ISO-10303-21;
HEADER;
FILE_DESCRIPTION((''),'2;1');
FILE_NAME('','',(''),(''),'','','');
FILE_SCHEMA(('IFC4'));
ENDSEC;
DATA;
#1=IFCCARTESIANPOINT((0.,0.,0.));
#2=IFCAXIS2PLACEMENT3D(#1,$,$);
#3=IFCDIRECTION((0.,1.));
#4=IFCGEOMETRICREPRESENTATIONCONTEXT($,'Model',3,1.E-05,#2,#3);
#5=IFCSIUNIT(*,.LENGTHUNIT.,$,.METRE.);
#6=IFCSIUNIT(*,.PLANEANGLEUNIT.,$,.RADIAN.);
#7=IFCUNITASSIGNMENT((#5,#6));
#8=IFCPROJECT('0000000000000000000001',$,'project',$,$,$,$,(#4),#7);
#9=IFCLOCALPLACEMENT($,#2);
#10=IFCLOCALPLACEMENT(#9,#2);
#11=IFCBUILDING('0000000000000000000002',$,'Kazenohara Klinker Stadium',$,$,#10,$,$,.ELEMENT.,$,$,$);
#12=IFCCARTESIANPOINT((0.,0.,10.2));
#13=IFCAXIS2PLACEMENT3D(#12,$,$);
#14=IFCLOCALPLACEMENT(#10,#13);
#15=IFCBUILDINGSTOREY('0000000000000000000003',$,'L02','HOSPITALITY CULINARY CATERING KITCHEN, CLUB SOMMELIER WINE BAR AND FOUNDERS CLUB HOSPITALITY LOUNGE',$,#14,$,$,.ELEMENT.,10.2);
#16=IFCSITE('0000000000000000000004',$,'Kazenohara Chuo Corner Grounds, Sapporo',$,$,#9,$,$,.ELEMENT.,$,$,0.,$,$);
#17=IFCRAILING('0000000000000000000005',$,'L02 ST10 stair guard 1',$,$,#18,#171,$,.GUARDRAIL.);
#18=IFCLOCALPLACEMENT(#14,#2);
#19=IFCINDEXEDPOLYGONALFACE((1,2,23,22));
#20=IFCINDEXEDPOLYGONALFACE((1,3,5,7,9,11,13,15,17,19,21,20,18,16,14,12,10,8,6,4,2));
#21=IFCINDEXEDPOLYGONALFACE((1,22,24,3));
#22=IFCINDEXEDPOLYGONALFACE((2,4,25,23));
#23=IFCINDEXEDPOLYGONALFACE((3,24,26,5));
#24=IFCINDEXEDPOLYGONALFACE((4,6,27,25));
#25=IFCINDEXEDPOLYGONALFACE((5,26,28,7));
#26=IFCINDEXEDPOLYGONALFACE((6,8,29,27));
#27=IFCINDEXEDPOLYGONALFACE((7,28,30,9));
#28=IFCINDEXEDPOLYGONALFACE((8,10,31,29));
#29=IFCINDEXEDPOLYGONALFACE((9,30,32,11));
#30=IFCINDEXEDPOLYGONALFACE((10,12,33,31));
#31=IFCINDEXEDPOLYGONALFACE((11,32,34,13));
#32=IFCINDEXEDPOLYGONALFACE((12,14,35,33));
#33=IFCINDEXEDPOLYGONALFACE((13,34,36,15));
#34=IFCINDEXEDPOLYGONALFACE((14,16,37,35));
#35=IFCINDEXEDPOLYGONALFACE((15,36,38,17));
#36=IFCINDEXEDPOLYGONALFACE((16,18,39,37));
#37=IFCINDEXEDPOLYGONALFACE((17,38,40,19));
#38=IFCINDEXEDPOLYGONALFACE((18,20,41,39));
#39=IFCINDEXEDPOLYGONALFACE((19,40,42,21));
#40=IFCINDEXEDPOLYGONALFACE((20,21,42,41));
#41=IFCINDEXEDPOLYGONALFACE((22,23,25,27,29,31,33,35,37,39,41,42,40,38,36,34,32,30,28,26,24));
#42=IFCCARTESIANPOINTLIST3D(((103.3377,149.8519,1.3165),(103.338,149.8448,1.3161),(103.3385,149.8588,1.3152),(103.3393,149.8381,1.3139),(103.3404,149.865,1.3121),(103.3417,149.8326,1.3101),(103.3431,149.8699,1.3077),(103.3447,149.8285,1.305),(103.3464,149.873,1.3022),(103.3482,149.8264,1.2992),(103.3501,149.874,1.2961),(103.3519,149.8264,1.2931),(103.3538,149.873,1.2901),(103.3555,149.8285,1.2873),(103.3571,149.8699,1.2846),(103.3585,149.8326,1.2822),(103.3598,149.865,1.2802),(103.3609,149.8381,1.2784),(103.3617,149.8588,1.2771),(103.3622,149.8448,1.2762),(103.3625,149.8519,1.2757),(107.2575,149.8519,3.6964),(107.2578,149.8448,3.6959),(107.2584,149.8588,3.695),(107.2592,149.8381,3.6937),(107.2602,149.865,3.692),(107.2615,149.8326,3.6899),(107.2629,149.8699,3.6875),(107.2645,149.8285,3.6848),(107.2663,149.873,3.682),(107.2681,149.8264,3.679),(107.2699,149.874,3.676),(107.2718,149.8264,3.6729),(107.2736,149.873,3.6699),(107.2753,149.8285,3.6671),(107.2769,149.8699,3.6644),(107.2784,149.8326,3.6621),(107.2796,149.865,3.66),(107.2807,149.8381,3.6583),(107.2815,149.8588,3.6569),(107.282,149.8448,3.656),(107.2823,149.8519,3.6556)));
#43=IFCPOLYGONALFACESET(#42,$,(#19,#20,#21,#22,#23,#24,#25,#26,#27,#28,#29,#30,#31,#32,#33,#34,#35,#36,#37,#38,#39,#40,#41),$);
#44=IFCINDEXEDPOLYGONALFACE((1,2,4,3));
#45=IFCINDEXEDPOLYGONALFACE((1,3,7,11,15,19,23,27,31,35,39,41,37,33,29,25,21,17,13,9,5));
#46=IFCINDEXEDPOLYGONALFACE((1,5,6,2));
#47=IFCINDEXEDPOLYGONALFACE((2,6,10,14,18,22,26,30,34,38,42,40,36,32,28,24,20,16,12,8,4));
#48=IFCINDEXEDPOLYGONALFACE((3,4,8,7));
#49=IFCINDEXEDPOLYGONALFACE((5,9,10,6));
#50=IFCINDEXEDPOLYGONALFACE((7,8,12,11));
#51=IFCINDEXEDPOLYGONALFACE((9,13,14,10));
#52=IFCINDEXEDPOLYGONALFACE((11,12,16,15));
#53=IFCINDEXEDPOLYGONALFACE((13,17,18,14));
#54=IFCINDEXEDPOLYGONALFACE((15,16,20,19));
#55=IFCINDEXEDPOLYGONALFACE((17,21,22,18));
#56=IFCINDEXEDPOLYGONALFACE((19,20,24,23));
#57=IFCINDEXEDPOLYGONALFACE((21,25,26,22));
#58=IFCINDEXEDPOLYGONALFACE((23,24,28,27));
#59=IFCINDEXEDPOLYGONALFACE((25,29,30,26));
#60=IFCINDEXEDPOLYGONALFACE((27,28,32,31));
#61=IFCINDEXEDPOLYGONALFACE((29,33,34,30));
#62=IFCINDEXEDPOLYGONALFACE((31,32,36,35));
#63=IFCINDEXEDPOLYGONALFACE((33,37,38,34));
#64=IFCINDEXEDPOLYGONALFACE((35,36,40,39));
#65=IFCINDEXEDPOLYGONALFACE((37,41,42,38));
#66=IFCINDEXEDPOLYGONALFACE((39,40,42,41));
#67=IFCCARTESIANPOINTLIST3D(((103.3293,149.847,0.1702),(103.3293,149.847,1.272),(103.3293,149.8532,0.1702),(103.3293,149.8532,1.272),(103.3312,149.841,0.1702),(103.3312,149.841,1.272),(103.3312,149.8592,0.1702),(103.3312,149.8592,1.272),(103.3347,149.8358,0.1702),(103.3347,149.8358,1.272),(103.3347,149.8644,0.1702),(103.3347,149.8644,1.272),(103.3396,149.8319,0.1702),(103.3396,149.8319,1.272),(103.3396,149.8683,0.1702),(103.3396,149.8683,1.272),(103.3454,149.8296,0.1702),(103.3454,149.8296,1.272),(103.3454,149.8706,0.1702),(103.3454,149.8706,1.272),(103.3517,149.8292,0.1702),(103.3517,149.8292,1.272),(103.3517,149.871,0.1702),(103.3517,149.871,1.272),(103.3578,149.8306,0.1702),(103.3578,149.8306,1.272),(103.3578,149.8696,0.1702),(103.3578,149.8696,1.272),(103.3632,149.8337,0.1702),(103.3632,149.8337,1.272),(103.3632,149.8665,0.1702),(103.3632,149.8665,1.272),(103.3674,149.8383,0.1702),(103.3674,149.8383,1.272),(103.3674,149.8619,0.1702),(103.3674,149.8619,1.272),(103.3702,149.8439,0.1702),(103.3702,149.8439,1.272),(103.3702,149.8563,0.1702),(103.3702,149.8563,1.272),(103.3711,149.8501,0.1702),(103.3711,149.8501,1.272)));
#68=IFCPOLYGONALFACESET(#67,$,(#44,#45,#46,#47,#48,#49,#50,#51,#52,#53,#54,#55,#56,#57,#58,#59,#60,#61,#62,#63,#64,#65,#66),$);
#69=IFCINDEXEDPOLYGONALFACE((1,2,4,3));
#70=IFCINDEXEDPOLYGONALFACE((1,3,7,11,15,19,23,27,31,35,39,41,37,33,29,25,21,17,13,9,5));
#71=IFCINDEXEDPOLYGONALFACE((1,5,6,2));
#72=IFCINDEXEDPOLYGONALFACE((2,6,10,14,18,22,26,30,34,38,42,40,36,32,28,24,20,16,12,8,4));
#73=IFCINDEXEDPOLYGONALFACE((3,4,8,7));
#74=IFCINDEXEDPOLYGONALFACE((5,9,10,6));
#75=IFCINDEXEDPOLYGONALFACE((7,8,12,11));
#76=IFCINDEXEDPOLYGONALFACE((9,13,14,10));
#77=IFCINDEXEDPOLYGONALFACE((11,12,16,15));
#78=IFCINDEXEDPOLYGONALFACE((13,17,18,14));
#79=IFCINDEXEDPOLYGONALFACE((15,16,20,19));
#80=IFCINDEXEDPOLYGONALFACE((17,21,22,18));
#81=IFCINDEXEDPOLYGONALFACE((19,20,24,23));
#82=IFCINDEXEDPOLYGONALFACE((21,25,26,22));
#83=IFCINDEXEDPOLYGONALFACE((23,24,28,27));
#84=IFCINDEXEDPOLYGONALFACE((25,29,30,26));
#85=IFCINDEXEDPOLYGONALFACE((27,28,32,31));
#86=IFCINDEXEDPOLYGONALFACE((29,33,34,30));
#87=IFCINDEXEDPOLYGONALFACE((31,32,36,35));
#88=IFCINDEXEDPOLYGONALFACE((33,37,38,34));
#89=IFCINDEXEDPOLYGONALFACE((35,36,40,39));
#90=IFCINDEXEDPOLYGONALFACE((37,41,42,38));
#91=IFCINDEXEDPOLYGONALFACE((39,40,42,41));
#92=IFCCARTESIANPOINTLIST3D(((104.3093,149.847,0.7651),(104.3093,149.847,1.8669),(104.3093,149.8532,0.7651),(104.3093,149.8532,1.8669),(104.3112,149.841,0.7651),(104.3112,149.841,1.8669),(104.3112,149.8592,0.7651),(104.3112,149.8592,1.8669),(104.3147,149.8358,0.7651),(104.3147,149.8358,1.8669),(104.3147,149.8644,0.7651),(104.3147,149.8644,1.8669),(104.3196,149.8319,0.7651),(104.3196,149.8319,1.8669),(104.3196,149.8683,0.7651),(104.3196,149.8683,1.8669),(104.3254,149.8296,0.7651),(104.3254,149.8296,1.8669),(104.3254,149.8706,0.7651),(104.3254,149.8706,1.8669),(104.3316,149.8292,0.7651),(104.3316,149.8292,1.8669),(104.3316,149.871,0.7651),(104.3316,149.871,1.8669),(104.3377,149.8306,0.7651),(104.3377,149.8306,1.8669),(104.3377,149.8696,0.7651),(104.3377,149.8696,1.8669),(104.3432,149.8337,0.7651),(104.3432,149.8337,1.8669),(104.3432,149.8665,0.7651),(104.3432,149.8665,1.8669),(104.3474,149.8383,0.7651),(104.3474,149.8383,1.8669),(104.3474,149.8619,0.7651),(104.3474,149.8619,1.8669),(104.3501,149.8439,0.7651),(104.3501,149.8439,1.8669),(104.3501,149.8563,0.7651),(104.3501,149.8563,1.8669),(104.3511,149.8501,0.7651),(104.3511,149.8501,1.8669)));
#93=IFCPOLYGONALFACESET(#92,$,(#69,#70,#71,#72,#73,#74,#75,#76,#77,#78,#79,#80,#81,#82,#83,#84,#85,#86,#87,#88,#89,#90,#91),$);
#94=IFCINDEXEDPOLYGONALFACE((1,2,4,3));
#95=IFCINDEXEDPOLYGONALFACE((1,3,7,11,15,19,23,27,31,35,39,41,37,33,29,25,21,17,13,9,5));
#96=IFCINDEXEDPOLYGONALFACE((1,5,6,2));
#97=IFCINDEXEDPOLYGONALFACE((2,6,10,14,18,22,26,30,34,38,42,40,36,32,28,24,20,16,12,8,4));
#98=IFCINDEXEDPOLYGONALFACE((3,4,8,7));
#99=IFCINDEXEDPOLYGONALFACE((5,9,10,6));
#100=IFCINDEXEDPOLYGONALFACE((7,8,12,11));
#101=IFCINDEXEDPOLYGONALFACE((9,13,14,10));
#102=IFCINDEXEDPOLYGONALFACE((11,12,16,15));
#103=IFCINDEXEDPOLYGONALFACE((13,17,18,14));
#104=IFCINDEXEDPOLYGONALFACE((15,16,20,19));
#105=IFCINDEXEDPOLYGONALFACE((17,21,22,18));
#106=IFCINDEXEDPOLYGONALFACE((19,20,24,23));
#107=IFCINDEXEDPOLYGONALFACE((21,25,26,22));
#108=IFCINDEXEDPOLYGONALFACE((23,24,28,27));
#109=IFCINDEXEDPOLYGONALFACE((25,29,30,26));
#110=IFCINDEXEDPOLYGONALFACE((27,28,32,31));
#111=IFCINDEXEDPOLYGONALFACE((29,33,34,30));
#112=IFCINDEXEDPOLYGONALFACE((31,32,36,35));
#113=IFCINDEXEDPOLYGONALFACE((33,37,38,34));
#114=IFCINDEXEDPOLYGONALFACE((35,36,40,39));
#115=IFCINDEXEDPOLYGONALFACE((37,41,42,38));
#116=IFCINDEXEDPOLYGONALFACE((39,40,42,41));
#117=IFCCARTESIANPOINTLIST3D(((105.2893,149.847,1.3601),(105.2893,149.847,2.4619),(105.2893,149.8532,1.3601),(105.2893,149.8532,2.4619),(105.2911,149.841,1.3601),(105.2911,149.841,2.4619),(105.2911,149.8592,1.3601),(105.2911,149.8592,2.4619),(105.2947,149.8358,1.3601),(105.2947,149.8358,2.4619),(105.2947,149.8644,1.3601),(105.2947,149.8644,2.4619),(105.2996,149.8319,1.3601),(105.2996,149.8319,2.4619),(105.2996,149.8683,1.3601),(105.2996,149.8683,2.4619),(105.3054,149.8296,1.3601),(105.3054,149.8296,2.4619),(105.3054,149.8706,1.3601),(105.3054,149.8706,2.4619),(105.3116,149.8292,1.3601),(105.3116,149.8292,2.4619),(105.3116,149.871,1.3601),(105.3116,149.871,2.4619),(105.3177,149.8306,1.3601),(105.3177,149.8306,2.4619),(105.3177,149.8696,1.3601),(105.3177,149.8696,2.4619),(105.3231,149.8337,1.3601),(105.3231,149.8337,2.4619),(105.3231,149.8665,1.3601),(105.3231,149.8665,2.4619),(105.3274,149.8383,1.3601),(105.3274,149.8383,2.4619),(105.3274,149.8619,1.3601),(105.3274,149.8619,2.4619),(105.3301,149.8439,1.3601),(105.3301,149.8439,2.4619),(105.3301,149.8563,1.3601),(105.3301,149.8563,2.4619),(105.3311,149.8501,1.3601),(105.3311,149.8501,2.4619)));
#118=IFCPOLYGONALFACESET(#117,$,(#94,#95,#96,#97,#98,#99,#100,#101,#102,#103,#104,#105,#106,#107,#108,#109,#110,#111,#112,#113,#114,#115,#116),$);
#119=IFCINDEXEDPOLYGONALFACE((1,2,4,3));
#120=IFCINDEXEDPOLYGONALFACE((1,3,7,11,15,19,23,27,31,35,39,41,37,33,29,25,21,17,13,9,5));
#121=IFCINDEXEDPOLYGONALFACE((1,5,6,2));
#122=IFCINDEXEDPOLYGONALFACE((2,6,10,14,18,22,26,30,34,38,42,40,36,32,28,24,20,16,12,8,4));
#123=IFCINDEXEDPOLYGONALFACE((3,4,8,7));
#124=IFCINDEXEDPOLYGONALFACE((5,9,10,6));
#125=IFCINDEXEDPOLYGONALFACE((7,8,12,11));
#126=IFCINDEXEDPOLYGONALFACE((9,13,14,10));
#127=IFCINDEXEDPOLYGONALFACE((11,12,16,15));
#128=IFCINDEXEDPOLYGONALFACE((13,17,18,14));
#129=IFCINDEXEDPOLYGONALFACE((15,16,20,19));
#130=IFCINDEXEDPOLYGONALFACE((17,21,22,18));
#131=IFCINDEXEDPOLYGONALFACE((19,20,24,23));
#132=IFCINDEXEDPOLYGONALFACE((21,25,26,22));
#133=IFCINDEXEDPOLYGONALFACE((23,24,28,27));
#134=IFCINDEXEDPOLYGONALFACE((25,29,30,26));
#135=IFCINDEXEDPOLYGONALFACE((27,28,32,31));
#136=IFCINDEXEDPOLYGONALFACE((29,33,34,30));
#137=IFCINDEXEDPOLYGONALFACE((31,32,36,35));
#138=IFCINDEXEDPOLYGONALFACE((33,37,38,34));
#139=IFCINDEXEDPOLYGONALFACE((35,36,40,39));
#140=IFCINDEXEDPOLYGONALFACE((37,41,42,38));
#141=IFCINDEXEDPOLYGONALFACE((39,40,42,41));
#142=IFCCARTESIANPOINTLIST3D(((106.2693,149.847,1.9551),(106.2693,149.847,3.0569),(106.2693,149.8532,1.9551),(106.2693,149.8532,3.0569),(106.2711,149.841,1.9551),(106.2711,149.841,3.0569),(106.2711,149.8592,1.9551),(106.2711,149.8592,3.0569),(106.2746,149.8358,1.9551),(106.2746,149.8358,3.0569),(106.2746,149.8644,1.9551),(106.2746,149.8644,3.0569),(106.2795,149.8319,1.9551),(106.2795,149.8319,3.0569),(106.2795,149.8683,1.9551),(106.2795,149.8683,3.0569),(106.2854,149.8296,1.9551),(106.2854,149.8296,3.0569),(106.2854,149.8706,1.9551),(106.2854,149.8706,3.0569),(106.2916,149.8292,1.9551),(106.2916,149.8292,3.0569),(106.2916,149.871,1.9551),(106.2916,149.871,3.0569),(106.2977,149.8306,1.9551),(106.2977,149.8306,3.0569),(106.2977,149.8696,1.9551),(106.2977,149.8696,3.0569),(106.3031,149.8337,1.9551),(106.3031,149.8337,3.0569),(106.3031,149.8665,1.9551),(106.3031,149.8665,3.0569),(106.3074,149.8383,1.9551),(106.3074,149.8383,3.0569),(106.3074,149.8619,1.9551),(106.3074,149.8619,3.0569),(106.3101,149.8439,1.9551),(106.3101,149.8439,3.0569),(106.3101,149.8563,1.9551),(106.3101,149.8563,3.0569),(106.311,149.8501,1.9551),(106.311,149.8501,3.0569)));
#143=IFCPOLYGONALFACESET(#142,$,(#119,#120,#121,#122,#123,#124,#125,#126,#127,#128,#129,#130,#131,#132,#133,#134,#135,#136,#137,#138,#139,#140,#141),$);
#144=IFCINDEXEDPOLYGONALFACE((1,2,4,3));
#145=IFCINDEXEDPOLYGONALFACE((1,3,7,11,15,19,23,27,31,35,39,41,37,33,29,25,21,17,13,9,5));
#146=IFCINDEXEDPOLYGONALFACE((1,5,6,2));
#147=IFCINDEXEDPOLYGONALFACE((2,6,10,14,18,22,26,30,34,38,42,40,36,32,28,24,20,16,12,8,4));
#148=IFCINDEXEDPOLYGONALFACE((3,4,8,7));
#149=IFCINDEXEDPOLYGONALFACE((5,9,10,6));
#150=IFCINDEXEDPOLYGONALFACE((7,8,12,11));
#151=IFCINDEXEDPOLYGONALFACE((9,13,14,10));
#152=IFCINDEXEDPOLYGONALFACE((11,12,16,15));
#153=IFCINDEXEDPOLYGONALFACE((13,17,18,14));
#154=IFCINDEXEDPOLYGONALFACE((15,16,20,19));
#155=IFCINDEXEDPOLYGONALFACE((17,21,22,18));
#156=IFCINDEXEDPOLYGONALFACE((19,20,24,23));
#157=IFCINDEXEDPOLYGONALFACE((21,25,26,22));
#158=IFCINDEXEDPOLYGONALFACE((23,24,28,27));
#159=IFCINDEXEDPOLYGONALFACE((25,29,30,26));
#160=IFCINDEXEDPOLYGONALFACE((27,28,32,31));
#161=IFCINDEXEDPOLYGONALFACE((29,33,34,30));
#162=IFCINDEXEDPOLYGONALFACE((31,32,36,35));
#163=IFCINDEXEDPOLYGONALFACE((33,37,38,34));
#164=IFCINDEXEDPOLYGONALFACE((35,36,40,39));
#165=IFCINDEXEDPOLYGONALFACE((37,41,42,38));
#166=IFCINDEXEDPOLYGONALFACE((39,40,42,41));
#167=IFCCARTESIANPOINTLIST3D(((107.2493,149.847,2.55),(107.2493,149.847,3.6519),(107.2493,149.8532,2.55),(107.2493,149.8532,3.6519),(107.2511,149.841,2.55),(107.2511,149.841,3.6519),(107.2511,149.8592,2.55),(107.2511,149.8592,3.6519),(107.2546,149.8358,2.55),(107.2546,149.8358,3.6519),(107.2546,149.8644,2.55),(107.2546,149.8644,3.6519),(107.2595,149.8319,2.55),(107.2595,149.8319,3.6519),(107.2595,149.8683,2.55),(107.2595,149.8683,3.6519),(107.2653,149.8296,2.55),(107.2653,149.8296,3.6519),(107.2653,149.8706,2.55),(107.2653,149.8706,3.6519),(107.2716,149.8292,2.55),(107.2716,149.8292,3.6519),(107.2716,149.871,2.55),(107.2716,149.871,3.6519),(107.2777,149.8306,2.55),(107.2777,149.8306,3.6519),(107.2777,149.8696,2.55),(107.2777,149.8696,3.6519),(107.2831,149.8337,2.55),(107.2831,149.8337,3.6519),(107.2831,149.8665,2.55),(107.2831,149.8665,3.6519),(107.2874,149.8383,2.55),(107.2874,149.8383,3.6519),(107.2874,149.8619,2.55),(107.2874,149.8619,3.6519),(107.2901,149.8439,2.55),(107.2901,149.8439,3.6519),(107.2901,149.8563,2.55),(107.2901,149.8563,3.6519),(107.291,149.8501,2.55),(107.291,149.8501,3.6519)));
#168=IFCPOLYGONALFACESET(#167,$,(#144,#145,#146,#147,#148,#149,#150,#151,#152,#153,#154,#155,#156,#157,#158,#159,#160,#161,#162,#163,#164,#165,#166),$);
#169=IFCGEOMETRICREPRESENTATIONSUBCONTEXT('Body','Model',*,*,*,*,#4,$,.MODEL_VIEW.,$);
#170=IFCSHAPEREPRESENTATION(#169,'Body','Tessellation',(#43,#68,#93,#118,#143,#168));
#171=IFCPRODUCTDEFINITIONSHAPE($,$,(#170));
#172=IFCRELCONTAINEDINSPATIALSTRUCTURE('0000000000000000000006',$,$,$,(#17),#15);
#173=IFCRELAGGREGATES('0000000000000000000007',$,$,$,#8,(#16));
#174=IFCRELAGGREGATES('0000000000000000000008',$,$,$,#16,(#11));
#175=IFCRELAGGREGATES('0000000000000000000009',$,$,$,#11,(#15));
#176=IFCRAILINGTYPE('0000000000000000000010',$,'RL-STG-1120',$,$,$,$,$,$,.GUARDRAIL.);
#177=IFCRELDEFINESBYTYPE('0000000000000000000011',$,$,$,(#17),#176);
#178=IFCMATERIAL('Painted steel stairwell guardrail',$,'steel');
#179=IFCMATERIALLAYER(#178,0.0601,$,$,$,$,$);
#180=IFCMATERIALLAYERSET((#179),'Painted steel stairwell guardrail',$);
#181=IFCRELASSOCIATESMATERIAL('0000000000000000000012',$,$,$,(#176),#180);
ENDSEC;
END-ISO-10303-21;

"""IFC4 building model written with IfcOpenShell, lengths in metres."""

from ifc_helpers import new_model, si_unit, direction, frame, origin, origin_2d, place, context, subcontext, project, spatial, circle, extrude, material, layer, layer_set, type_object, element, save


model = new_model("IFC4")

# Units and contexts
model_context = context("Model", 3, precision=1e-05, world=origin(), true_north=direction((0.0, 1.0)))
body_context = subcontext(model_context, "Body", "Model", "MODEL_VIEW")
ifc_project = project(units=[si_unit("LENGTHUNIT", "METRE"), si_unit("PLANEANGLEUNIT", "RADIAN")], contexts=[model_context])

# Site, building, storey
site_placement = place(None, origin())
site = spatial("IfcSite", under=ifc_project, at=site_placement, Name="Kazenohara Chuo Corner Grounds, Sapporo", CompositionType="ELEMENT", RefElevation=0.0)
building_placement = place(site_placement, origin())
building = spatial("IfcBuilding", under=site, at=building_placement, Name="Kazenohara Klinker Stadium", CompositionType="ELEMENT")
storey_placement = place(building_placement, frame((0.0, 0.0, 10.2)))
storey = spatial("IfcBuildingStorey", under=building, at=storey_placement, Name="L02", Description="HOSPITALITY CULINARY CATERING KITCHEN, CLUB SOMMELIER WINE BAR AND FOUNDERS CLUB HOSPITALITY LOUNGE", CompositionType="ELEMENT", Elevation=10.2)

# Railing
ifc_material_1 = material(Name="Painted steel stairwell guardrail", Category="steel")
ifc_layer_1 = layer(ifc_material_1, 0.0601)
ifc_layer_set_1 = layer_set([ifc_layer_1], Name="Painted steel stairwell guardrail")
railing_type_1 = type_object("IfcRailingType", Name="RL-STG-1120", PredefinedType="GUARDRAIL", material=ifc_layer_set_1)
railing_1_placement = place(storey_placement, frame((103.3501, 149.8501, 0.1702)))
element("IfcRailing", 1, at=railing_1_placement, inside=storey, type_object=railing_type_1, Name="L02 ST10 stair guard 1", PredefinedType="GUARDRAIL", context=body_context, shape_type="SweptSolid", body=[
    extrude(circle(Radius=0.0239, at=origin_2d()), frame((0.0, 0.0, 1.126), z_axis=(0.854794, 0.0, 0.518967), x_axis=(0.0, 1.0, 0.0)), (0.0, 0.0, 1.0), 4.5857),
    extrude(circle(Radius=0.021, at=origin_2d()), origin(), (0.0, 0.0, 1.0), 1.1018),
    extrude(circle(Radius=0.021, at=origin_2d()), frame((0.98, 0.0, 0.595)), (0.0, 0.0, 1.0), 1.1018),
    extrude(circle(Radius=0.021, at=origin_2d()), frame((1.96, 0.0, 1.1899)), (0.0, 0.0, 1.0), 1.1018),
    extrude(circle(Radius=0.021, at=origin_2d()), frame((2.9399, 0.0, 1.7849)), (0.0, 0.0, 1.0), 1.1018),
    extrude(circle(Radius=0.021, at=origin_2d()), frame((3.9199, 0.0, 2.3799)), (0.0, 0.0, 1.0), 1.1018),
])

save(model, "model.ifc")
